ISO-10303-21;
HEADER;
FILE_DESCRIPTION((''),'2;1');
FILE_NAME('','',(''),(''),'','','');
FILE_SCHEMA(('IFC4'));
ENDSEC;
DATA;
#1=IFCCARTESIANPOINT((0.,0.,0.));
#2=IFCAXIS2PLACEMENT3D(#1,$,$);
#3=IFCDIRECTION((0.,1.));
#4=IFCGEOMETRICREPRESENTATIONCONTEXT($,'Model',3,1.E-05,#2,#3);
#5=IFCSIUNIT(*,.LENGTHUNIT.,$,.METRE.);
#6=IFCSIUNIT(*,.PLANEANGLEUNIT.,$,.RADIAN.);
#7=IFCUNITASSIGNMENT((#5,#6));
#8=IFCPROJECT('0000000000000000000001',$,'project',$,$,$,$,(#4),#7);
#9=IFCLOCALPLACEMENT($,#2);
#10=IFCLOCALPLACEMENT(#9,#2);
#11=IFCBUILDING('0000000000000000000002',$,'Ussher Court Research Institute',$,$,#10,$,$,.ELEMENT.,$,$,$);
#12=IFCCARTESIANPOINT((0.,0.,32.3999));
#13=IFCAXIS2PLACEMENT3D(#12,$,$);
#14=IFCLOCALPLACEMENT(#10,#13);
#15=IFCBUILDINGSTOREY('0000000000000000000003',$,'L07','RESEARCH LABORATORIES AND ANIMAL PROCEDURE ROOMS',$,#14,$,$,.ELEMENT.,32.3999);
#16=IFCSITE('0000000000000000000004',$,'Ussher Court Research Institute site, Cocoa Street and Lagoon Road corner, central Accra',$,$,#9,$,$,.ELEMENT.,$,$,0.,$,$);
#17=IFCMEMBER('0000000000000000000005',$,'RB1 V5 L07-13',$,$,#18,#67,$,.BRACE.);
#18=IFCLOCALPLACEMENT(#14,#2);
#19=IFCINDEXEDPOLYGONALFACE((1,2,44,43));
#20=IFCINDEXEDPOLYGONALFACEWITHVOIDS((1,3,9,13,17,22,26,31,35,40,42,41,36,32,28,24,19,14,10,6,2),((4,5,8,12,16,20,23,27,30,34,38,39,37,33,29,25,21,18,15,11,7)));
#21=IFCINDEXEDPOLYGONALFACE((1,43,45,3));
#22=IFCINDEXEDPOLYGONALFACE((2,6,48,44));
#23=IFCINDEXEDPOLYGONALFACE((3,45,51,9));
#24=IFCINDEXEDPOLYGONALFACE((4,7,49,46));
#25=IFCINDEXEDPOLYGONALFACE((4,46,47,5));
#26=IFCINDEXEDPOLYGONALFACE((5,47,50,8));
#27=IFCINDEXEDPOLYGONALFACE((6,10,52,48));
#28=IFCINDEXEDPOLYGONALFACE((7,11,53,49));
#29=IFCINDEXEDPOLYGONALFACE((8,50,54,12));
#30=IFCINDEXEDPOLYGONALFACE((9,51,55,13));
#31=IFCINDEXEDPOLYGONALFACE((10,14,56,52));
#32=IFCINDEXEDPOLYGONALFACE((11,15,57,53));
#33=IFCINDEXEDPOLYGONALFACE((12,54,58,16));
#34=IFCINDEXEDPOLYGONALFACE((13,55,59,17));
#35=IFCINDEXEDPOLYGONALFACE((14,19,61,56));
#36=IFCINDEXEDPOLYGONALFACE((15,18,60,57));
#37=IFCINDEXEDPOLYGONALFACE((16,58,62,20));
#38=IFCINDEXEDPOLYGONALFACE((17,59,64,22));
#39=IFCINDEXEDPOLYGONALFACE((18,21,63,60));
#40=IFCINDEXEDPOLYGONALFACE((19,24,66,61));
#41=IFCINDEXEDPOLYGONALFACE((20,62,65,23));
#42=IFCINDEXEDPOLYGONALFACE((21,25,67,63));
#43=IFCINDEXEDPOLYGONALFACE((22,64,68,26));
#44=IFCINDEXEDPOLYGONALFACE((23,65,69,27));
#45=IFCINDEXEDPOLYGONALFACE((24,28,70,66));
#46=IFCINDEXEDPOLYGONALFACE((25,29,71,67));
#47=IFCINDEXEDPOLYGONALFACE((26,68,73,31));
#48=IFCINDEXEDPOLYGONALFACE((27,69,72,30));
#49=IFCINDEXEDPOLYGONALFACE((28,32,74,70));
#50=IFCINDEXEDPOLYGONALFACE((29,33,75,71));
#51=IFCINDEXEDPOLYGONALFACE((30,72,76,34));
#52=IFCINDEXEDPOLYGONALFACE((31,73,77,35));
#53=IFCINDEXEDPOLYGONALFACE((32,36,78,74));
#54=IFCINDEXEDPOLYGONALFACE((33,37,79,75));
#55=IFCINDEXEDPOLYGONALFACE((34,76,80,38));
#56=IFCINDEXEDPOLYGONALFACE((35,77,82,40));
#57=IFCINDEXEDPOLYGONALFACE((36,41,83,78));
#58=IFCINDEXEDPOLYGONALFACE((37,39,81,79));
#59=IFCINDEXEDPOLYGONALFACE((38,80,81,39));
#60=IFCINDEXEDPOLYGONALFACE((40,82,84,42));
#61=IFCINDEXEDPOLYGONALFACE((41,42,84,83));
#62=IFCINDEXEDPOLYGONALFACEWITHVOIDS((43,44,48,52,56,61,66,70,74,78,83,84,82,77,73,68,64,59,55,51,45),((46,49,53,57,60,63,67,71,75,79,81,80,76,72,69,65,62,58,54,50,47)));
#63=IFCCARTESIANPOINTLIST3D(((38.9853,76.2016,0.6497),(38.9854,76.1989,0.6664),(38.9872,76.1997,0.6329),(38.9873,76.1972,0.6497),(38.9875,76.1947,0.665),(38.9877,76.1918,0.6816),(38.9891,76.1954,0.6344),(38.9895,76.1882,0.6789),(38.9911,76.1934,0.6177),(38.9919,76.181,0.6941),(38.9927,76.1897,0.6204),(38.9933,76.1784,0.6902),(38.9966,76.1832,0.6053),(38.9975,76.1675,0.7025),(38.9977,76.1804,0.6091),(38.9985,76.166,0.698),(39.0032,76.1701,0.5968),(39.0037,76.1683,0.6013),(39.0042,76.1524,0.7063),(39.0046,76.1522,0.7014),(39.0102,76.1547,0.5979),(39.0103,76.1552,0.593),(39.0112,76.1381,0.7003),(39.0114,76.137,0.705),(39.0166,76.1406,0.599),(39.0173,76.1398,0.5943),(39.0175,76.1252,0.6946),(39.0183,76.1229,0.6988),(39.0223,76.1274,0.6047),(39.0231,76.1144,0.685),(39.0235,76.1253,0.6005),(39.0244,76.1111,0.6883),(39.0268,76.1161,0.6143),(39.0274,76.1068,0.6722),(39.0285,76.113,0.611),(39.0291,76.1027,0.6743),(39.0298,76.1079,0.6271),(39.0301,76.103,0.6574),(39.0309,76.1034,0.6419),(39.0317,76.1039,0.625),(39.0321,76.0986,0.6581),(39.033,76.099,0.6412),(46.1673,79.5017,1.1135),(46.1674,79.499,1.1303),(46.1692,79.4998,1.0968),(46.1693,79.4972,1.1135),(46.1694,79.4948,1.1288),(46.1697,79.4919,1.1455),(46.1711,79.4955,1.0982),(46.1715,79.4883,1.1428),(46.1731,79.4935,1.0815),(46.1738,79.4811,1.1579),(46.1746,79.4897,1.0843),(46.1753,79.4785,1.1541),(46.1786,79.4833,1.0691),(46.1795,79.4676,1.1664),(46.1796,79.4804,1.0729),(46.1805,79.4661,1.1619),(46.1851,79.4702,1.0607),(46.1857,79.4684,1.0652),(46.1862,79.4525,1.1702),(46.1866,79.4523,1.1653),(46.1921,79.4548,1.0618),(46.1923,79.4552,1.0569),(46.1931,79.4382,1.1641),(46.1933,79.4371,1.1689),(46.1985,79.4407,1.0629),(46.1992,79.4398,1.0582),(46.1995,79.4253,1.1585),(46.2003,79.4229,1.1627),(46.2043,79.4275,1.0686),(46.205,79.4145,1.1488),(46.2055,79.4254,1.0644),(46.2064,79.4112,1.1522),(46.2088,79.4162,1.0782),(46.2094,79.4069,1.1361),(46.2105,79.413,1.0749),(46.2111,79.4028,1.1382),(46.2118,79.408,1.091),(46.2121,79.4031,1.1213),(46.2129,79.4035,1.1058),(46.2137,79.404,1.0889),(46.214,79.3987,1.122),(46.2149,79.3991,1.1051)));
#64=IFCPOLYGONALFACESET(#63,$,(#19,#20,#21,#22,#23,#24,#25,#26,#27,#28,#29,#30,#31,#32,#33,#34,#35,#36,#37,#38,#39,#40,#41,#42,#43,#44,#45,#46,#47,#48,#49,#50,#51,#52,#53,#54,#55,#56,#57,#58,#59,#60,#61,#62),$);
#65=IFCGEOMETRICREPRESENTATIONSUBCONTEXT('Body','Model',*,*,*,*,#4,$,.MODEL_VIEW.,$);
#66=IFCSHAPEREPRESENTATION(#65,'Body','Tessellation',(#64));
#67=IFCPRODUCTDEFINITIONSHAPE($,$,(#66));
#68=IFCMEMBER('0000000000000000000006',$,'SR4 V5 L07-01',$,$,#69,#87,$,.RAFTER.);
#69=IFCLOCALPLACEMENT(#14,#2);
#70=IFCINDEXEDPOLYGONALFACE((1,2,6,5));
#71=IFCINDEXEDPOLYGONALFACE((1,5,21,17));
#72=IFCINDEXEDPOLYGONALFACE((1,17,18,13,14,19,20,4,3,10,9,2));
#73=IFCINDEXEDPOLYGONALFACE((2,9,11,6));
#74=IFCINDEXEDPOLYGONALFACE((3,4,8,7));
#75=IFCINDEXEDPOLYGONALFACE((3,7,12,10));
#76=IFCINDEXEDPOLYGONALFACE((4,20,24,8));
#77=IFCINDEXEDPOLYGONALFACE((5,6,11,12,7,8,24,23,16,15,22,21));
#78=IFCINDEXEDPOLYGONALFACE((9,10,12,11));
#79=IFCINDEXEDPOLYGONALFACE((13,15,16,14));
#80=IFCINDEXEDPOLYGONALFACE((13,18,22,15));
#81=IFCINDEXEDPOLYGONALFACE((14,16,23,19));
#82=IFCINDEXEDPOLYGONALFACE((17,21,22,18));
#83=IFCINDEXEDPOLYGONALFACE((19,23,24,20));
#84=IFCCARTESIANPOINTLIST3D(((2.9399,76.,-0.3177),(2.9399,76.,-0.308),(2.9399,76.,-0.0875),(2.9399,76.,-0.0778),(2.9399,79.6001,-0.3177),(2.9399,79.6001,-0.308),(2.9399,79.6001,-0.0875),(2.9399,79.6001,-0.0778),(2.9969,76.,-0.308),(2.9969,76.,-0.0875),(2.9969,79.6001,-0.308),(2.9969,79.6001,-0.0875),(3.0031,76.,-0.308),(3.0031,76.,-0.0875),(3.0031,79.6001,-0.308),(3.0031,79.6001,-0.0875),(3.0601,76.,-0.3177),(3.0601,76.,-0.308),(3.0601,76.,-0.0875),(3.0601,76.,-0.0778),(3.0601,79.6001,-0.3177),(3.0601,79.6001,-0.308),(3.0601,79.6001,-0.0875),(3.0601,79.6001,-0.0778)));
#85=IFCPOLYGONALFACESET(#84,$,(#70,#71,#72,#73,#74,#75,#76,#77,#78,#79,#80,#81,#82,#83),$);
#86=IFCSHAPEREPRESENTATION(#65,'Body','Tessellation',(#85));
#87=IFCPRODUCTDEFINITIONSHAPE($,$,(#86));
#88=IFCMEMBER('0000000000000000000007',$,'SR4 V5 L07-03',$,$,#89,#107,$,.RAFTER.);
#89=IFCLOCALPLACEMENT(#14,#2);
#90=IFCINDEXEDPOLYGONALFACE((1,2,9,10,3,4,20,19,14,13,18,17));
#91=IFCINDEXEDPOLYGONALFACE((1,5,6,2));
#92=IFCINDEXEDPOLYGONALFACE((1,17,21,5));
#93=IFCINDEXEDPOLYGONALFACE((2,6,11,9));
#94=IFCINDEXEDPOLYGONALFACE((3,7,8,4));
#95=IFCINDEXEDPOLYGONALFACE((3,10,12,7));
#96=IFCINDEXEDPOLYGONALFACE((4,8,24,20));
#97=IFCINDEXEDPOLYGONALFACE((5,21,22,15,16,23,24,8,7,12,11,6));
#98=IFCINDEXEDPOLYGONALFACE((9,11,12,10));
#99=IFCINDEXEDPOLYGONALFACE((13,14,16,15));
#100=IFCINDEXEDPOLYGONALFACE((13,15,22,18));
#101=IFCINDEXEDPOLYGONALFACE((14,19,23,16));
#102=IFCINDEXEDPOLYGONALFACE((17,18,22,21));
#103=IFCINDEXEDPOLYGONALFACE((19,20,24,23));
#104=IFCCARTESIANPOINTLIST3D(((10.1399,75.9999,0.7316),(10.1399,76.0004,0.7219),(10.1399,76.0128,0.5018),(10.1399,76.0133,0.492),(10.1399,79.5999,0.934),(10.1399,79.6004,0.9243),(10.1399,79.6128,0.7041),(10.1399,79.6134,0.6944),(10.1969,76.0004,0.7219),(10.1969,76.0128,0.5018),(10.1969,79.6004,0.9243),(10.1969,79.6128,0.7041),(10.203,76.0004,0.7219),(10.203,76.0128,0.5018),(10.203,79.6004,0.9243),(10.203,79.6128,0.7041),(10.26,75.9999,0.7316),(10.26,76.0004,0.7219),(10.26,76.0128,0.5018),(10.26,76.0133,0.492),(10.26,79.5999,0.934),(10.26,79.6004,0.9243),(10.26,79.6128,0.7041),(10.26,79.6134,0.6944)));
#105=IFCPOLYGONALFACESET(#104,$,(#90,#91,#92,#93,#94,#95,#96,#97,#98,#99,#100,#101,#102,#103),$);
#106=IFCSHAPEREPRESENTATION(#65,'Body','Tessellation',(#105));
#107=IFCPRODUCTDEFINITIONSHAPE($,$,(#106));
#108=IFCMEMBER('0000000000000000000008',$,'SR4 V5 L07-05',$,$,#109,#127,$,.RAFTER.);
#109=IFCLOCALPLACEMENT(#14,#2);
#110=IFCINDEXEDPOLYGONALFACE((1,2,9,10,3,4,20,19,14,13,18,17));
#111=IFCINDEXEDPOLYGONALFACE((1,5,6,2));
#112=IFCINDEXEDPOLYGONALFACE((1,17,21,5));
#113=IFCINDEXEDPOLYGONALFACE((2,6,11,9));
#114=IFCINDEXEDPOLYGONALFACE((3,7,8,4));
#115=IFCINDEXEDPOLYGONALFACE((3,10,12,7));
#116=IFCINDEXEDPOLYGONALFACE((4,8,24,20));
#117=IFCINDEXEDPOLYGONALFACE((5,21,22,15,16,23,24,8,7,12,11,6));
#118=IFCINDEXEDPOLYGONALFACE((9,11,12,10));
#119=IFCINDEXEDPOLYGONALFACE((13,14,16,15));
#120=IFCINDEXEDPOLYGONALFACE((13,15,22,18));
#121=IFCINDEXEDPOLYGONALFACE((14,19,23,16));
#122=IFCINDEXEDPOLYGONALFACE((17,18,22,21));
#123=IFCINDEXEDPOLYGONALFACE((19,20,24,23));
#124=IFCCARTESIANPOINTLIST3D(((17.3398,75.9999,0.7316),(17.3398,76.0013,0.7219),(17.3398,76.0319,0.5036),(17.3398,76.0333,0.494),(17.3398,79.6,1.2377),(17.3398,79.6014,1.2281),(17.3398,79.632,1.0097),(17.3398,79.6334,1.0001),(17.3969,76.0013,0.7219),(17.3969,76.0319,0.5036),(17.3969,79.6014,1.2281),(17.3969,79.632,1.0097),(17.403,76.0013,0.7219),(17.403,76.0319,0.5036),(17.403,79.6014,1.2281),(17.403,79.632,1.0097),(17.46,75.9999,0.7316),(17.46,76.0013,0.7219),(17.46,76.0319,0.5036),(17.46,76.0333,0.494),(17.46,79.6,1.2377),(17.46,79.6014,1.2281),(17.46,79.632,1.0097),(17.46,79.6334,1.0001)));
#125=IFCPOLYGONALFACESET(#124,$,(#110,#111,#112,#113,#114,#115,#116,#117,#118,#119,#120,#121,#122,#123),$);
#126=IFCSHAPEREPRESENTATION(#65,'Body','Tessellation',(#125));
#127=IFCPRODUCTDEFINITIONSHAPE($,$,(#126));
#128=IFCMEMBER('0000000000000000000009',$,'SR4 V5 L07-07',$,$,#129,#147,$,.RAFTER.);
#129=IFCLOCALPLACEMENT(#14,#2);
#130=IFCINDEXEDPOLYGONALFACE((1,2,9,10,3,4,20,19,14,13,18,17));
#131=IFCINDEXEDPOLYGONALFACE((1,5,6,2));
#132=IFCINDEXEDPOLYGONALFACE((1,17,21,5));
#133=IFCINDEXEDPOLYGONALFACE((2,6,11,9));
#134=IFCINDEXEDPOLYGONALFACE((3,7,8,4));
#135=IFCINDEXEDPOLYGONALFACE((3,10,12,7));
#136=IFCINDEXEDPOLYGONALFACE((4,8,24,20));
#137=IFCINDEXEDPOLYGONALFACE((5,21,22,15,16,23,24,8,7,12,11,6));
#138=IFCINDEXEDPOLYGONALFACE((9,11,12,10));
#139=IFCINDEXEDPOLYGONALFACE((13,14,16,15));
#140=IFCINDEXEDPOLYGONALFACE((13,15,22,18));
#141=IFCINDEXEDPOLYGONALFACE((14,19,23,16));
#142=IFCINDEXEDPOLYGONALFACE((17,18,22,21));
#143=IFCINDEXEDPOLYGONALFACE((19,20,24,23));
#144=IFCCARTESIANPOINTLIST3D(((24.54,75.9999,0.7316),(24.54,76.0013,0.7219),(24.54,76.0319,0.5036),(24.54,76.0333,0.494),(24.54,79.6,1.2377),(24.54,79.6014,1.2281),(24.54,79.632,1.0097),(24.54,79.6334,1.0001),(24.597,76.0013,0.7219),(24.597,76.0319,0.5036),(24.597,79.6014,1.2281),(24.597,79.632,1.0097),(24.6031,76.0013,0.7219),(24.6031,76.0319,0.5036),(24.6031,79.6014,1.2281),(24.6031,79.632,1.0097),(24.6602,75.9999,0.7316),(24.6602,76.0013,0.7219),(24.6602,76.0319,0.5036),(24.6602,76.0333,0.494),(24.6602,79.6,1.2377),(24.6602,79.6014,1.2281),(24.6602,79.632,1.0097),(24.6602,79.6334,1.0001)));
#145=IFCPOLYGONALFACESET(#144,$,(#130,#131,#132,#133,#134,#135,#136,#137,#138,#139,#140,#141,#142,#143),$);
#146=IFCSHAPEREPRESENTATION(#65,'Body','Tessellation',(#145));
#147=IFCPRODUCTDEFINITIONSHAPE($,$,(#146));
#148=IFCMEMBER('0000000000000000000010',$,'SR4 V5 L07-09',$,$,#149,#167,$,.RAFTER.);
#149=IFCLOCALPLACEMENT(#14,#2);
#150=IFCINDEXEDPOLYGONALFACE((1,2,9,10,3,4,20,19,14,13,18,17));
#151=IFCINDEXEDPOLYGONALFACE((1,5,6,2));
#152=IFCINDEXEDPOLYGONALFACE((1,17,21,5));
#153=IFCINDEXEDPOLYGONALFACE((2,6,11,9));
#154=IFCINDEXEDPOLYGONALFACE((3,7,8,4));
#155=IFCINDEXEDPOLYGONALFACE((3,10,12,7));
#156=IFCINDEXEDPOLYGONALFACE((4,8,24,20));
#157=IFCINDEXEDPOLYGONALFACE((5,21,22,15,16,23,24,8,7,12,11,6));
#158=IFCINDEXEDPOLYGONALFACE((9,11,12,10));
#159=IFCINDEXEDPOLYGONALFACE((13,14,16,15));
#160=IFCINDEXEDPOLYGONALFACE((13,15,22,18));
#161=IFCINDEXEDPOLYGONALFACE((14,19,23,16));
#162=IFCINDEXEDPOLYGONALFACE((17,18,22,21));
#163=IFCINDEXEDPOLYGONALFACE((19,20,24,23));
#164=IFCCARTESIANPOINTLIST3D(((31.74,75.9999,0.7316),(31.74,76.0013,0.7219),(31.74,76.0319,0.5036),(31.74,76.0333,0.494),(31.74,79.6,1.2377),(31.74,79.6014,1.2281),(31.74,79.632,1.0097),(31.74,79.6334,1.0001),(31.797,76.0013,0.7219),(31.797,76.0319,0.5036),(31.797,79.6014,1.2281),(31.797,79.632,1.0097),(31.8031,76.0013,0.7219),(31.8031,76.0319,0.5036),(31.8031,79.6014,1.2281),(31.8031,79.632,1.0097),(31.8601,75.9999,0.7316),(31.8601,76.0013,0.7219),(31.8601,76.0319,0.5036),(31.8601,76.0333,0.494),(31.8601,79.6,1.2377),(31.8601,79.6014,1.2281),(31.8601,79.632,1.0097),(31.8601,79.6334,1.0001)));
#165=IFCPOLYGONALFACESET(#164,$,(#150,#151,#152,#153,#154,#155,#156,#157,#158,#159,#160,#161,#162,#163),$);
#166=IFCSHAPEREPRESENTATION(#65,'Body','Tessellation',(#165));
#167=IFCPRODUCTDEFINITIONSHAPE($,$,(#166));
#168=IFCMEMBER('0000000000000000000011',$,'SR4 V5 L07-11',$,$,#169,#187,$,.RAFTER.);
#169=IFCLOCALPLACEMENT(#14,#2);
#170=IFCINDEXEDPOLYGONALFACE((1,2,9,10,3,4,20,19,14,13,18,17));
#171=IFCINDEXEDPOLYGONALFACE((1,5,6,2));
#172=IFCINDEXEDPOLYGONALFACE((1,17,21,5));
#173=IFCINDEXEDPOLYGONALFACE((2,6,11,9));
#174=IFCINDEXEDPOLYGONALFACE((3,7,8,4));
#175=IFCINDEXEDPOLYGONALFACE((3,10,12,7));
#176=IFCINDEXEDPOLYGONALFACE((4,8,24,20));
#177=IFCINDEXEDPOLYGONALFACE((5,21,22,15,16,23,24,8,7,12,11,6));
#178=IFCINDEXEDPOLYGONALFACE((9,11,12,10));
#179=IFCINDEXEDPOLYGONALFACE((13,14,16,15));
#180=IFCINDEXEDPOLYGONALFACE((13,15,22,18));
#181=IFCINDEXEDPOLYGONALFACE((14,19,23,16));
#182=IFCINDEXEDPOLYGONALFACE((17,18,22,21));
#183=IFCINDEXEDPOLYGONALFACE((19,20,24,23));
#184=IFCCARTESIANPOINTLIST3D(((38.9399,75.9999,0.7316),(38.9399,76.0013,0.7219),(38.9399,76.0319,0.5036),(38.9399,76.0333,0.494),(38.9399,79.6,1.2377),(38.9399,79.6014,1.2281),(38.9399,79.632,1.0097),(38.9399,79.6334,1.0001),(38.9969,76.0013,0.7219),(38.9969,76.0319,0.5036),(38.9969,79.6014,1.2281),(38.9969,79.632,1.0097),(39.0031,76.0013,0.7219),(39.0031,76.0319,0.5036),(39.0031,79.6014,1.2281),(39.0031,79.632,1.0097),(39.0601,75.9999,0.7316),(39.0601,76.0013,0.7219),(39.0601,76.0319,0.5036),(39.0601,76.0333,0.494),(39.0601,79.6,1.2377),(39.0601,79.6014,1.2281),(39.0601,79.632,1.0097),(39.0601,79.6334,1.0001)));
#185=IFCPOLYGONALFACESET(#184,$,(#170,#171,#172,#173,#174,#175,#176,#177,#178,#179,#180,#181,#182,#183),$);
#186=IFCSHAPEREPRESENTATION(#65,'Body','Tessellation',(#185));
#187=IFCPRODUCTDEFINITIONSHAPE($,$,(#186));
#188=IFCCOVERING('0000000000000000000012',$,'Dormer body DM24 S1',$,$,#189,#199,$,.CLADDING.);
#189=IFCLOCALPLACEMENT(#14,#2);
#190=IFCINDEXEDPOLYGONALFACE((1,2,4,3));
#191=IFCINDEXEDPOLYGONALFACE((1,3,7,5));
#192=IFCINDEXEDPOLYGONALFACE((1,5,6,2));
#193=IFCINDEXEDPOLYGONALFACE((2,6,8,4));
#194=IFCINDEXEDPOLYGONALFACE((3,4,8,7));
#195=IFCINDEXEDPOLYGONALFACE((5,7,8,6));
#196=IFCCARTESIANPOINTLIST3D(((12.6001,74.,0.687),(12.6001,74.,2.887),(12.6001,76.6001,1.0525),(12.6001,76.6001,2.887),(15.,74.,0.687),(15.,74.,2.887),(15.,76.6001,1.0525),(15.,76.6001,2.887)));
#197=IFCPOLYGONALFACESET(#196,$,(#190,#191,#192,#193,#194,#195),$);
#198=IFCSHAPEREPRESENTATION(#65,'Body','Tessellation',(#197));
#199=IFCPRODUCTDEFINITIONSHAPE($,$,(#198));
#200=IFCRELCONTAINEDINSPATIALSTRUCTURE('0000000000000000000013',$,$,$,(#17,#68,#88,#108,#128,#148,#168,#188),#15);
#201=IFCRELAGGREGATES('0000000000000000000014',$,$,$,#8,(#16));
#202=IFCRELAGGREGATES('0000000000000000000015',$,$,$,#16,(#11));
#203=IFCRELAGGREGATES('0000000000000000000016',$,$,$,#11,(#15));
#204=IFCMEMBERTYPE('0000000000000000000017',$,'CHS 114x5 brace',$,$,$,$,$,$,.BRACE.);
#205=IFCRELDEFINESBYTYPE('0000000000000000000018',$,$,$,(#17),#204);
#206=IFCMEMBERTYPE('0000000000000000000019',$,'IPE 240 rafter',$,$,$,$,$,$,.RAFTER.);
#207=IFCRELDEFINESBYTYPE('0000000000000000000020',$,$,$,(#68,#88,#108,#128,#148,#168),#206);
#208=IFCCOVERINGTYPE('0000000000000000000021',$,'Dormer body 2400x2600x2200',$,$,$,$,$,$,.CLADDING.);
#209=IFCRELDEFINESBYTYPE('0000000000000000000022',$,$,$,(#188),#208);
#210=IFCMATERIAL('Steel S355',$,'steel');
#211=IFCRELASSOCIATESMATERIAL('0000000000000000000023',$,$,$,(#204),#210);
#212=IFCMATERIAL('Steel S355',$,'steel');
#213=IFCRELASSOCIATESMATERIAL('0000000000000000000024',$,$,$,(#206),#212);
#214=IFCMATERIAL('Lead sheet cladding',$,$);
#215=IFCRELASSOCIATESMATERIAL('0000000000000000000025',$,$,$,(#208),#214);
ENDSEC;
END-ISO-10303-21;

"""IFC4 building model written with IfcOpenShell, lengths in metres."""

from ifc_helpers import new_model, si_unit, direction, frame, origin, origin_2d, place, context, subcontext, project, spatial, polyline, hollow_circle, i_section, outline, extrude, material, material_profile, profile_set, type_object, element, save


model = new_model("IFC4")

# Units and contexts
model_context = context("Model", 3, precision=1e-05, world=origin(), true_north=direction((0.0, 1.0)))
body_context = subcontext(model_context, "Body", "Model", "MODEL_VIEW")
ifc_project = project(units=[si_unit("LENGTHUNIT", "METRE"), si_unit("PLANEANGLEUNIT", "RADIAN")], contexts=[model_context])

# Site, building, storey
site_placement = place(None, origin())
site = spatial("IfcSite", under=ifc_project, at=site_placement, Name="Ussher Court Research Institute site, Cocoa Street and Lagoon Road corner, central Accra", CompositionType="ELEMENT", RefElevation=0.0)
building_placement = place(site_placement, origin())
building = spatial("IfcBuilding", under=site, at=building_placement, Name="Ussher Court Research Institute", CompositionType="ELEMENT")
storey_placement = place(building_placement, frame((0.0, 0.0, 32.3999)))
storey = spatial("IfcBuildingStorey", under=building, at=storey_placement, Name="L07", Description="RESEARCH LABORATORIES AND ANIMAL PROCEDURE ROOMS", CompositionType="ELEMENT", Elevation=32.3999)

# Members
ifc_material_1 = material(Name="Steel S355", Category="steel")
ifc_material_profile_1 = material_profile(ifc_material_1, hollow_circle(Radius=0.0569, WallThickness=0.0049, at=origin_2d()), Name="CHS 114x5")
ifc_profile_set_1 = profile_set([ifc_material_profile_1], Name="Steel S355")
member_type_1 = type_object("IfcMemberType", Name="CHS 114x5 brace", PredefinedType="BRACE", material=ifc_profile_set_1)
member_1_placement = place(storey_placement, frame((39.009, 76.1499, 0.6497), z_axis=(0.907103, 0.416811, 0.058588), x_axis=(-0.417528, 0.908664, 0.0)))
element("IfcMember", 1, at=member_1_placement, inside=storey, type_object=member_type_1, Name="RB1 V5 L07-13", PredefinedType="BRACE", context=body_context, shape_type="SweptSolid", body=[
    extrude(hollow_circle(Radius=0.0569, WallThickness=0.0049, at=origin_2d()), origin(), (0.0, 0.0, 1.0), 7.9175),
])
ifc_material_2 = material(Name="Steel S355", Category="steel")
ifc_material_profile_2 = material_profile(ifc_material_2, i_section(OverallWidth=0.1201, OverallDepth=0.24, WebThickness=0.0061, FlangeThickness=0.0098, at=origin_2d()), Name="IPE 240")
ifc_profile_set_2 = profile_set([ifc_material_profile_2], Name="Steel S355")
member_type_2 = type_object("IfcMemberType", Name="IPE 240 rafter", PredefinedType="RAFTER", material=ifc_profile_set_2)
member_2_placement = place(storey_placement, frame((3.0, 76.0, -0.1978), z_axis=(0.0, 1.0, 0.0), x_axis=(-1.0, 0.0, 0.0)))
element("IfcMember", 2, at=member_2_placement, inside=storey, type_object=member_type_2, Name="SR4 V5 L07-01", PredefinedType="RAFTER", context=body_context, shape_type="SweptSolid", body=[
    extrude(i_section(OverallWidth=0.1201, OverallDepth=0.24, WebThickness=0.0061, FlangeThickness=0.0098, at=origin_2d()), origin(), (0.0, 0.0, 1.0), 3.6001),
])
member_3_placement = place(storey_placement, frame((10.2, 76.0066, 0.6118), z_axis=(0.0, 0.998423, 0.05613), x_axis=(-1.0, 0.0, 0.0)))
element("IfcMember", 3, at=member_3_placement, inside=storey, type_object=member_type_2, Name="SR4 V5 L07-03", PredefinedType="RAFTER", context=body_context, shape_type="SweptSolid", body=[
    extrude(i_section(OverallWidth=0.1201, OverallDepth=0.24, WebThickness=0.0061, FlangeThickness=0.0098, at=origin_2d()), origin(), (0.0, 0.0, 1.0), 3.6057),
])
for number, where, z_axis, x_axis, name in (
    (4, (17.3999, 76.0166, 0.6128), (0.0, 0.990263, 0.139212), (-1.0, 0.0, 0.0), "SR4 V5 L07-05"),
    (5, (24.6001, 76.0166, 0.6128), (0.0, 0.990263, 0.139212), (-1.0, 0.0, 0.0), "SR4 V5 L07-07"),
    (6, (31.8, 76.0166, 0.6128), (0.0, 0.990263, 0.139212), (-1.0, 0.0, 0.0), "SR4 V5 L07-09"),
    (7, (39.0, 76.0166, 0.6128), (0.0, 0.990263, 0.139212), (-1.0, 0.0, 0.0), "SR4 V5 L07-11"),
):
    element("IfcMember", number, at=place(storey_placement, frame(where, z_axis=z_axis, x_axis=x_axis)), inside=storey, type_object=member_type_2, Name=name, PredefinedType="RAFTER", context=body_context, shape_type="SweptSolid", body=[
        extrude(i_section(OverallWidth=0.1201, OverallDepth=0.24, WebThickness=0.0061, FlangeThickness=0.0098, at=origin_2d()), origin(), (0.0, 0.0, 1.0), 3.6355),
    ])

# Covering
ifc_material_3 = material(Name="Lead sheet cladding")
covering_type_1 = type_object("IfcCoveringType", Name="Dormer body 2400x2600x2200", PredefinedType="CLADDING", material=ifc_material_3)
covering_1_placement = place(storey_placement, frame((12.6001, 74.0, 0.687), z_axis=(1.0, 0.0, 0.0), x_axis=(0.0, 1.0, 0.0)))
element("IfcCovering", 8, at=covering_1_placement, inside=storey, type_object=covering_type_1, Name="Dormer body DM24 S1", PredefinedType="CLADDING", context=body_context, shape_type="SweptSolid", body=[
    extrude(outline(polyline([(0.0, 0.0), (2.6001, 0.3655), (2.6001, 2.2), (0.0, 2.2), (0.0, 0.0)])), origin(), (0.0, 0.0, 1.0), 2.3999),
])

save(model, "model.ifc")
